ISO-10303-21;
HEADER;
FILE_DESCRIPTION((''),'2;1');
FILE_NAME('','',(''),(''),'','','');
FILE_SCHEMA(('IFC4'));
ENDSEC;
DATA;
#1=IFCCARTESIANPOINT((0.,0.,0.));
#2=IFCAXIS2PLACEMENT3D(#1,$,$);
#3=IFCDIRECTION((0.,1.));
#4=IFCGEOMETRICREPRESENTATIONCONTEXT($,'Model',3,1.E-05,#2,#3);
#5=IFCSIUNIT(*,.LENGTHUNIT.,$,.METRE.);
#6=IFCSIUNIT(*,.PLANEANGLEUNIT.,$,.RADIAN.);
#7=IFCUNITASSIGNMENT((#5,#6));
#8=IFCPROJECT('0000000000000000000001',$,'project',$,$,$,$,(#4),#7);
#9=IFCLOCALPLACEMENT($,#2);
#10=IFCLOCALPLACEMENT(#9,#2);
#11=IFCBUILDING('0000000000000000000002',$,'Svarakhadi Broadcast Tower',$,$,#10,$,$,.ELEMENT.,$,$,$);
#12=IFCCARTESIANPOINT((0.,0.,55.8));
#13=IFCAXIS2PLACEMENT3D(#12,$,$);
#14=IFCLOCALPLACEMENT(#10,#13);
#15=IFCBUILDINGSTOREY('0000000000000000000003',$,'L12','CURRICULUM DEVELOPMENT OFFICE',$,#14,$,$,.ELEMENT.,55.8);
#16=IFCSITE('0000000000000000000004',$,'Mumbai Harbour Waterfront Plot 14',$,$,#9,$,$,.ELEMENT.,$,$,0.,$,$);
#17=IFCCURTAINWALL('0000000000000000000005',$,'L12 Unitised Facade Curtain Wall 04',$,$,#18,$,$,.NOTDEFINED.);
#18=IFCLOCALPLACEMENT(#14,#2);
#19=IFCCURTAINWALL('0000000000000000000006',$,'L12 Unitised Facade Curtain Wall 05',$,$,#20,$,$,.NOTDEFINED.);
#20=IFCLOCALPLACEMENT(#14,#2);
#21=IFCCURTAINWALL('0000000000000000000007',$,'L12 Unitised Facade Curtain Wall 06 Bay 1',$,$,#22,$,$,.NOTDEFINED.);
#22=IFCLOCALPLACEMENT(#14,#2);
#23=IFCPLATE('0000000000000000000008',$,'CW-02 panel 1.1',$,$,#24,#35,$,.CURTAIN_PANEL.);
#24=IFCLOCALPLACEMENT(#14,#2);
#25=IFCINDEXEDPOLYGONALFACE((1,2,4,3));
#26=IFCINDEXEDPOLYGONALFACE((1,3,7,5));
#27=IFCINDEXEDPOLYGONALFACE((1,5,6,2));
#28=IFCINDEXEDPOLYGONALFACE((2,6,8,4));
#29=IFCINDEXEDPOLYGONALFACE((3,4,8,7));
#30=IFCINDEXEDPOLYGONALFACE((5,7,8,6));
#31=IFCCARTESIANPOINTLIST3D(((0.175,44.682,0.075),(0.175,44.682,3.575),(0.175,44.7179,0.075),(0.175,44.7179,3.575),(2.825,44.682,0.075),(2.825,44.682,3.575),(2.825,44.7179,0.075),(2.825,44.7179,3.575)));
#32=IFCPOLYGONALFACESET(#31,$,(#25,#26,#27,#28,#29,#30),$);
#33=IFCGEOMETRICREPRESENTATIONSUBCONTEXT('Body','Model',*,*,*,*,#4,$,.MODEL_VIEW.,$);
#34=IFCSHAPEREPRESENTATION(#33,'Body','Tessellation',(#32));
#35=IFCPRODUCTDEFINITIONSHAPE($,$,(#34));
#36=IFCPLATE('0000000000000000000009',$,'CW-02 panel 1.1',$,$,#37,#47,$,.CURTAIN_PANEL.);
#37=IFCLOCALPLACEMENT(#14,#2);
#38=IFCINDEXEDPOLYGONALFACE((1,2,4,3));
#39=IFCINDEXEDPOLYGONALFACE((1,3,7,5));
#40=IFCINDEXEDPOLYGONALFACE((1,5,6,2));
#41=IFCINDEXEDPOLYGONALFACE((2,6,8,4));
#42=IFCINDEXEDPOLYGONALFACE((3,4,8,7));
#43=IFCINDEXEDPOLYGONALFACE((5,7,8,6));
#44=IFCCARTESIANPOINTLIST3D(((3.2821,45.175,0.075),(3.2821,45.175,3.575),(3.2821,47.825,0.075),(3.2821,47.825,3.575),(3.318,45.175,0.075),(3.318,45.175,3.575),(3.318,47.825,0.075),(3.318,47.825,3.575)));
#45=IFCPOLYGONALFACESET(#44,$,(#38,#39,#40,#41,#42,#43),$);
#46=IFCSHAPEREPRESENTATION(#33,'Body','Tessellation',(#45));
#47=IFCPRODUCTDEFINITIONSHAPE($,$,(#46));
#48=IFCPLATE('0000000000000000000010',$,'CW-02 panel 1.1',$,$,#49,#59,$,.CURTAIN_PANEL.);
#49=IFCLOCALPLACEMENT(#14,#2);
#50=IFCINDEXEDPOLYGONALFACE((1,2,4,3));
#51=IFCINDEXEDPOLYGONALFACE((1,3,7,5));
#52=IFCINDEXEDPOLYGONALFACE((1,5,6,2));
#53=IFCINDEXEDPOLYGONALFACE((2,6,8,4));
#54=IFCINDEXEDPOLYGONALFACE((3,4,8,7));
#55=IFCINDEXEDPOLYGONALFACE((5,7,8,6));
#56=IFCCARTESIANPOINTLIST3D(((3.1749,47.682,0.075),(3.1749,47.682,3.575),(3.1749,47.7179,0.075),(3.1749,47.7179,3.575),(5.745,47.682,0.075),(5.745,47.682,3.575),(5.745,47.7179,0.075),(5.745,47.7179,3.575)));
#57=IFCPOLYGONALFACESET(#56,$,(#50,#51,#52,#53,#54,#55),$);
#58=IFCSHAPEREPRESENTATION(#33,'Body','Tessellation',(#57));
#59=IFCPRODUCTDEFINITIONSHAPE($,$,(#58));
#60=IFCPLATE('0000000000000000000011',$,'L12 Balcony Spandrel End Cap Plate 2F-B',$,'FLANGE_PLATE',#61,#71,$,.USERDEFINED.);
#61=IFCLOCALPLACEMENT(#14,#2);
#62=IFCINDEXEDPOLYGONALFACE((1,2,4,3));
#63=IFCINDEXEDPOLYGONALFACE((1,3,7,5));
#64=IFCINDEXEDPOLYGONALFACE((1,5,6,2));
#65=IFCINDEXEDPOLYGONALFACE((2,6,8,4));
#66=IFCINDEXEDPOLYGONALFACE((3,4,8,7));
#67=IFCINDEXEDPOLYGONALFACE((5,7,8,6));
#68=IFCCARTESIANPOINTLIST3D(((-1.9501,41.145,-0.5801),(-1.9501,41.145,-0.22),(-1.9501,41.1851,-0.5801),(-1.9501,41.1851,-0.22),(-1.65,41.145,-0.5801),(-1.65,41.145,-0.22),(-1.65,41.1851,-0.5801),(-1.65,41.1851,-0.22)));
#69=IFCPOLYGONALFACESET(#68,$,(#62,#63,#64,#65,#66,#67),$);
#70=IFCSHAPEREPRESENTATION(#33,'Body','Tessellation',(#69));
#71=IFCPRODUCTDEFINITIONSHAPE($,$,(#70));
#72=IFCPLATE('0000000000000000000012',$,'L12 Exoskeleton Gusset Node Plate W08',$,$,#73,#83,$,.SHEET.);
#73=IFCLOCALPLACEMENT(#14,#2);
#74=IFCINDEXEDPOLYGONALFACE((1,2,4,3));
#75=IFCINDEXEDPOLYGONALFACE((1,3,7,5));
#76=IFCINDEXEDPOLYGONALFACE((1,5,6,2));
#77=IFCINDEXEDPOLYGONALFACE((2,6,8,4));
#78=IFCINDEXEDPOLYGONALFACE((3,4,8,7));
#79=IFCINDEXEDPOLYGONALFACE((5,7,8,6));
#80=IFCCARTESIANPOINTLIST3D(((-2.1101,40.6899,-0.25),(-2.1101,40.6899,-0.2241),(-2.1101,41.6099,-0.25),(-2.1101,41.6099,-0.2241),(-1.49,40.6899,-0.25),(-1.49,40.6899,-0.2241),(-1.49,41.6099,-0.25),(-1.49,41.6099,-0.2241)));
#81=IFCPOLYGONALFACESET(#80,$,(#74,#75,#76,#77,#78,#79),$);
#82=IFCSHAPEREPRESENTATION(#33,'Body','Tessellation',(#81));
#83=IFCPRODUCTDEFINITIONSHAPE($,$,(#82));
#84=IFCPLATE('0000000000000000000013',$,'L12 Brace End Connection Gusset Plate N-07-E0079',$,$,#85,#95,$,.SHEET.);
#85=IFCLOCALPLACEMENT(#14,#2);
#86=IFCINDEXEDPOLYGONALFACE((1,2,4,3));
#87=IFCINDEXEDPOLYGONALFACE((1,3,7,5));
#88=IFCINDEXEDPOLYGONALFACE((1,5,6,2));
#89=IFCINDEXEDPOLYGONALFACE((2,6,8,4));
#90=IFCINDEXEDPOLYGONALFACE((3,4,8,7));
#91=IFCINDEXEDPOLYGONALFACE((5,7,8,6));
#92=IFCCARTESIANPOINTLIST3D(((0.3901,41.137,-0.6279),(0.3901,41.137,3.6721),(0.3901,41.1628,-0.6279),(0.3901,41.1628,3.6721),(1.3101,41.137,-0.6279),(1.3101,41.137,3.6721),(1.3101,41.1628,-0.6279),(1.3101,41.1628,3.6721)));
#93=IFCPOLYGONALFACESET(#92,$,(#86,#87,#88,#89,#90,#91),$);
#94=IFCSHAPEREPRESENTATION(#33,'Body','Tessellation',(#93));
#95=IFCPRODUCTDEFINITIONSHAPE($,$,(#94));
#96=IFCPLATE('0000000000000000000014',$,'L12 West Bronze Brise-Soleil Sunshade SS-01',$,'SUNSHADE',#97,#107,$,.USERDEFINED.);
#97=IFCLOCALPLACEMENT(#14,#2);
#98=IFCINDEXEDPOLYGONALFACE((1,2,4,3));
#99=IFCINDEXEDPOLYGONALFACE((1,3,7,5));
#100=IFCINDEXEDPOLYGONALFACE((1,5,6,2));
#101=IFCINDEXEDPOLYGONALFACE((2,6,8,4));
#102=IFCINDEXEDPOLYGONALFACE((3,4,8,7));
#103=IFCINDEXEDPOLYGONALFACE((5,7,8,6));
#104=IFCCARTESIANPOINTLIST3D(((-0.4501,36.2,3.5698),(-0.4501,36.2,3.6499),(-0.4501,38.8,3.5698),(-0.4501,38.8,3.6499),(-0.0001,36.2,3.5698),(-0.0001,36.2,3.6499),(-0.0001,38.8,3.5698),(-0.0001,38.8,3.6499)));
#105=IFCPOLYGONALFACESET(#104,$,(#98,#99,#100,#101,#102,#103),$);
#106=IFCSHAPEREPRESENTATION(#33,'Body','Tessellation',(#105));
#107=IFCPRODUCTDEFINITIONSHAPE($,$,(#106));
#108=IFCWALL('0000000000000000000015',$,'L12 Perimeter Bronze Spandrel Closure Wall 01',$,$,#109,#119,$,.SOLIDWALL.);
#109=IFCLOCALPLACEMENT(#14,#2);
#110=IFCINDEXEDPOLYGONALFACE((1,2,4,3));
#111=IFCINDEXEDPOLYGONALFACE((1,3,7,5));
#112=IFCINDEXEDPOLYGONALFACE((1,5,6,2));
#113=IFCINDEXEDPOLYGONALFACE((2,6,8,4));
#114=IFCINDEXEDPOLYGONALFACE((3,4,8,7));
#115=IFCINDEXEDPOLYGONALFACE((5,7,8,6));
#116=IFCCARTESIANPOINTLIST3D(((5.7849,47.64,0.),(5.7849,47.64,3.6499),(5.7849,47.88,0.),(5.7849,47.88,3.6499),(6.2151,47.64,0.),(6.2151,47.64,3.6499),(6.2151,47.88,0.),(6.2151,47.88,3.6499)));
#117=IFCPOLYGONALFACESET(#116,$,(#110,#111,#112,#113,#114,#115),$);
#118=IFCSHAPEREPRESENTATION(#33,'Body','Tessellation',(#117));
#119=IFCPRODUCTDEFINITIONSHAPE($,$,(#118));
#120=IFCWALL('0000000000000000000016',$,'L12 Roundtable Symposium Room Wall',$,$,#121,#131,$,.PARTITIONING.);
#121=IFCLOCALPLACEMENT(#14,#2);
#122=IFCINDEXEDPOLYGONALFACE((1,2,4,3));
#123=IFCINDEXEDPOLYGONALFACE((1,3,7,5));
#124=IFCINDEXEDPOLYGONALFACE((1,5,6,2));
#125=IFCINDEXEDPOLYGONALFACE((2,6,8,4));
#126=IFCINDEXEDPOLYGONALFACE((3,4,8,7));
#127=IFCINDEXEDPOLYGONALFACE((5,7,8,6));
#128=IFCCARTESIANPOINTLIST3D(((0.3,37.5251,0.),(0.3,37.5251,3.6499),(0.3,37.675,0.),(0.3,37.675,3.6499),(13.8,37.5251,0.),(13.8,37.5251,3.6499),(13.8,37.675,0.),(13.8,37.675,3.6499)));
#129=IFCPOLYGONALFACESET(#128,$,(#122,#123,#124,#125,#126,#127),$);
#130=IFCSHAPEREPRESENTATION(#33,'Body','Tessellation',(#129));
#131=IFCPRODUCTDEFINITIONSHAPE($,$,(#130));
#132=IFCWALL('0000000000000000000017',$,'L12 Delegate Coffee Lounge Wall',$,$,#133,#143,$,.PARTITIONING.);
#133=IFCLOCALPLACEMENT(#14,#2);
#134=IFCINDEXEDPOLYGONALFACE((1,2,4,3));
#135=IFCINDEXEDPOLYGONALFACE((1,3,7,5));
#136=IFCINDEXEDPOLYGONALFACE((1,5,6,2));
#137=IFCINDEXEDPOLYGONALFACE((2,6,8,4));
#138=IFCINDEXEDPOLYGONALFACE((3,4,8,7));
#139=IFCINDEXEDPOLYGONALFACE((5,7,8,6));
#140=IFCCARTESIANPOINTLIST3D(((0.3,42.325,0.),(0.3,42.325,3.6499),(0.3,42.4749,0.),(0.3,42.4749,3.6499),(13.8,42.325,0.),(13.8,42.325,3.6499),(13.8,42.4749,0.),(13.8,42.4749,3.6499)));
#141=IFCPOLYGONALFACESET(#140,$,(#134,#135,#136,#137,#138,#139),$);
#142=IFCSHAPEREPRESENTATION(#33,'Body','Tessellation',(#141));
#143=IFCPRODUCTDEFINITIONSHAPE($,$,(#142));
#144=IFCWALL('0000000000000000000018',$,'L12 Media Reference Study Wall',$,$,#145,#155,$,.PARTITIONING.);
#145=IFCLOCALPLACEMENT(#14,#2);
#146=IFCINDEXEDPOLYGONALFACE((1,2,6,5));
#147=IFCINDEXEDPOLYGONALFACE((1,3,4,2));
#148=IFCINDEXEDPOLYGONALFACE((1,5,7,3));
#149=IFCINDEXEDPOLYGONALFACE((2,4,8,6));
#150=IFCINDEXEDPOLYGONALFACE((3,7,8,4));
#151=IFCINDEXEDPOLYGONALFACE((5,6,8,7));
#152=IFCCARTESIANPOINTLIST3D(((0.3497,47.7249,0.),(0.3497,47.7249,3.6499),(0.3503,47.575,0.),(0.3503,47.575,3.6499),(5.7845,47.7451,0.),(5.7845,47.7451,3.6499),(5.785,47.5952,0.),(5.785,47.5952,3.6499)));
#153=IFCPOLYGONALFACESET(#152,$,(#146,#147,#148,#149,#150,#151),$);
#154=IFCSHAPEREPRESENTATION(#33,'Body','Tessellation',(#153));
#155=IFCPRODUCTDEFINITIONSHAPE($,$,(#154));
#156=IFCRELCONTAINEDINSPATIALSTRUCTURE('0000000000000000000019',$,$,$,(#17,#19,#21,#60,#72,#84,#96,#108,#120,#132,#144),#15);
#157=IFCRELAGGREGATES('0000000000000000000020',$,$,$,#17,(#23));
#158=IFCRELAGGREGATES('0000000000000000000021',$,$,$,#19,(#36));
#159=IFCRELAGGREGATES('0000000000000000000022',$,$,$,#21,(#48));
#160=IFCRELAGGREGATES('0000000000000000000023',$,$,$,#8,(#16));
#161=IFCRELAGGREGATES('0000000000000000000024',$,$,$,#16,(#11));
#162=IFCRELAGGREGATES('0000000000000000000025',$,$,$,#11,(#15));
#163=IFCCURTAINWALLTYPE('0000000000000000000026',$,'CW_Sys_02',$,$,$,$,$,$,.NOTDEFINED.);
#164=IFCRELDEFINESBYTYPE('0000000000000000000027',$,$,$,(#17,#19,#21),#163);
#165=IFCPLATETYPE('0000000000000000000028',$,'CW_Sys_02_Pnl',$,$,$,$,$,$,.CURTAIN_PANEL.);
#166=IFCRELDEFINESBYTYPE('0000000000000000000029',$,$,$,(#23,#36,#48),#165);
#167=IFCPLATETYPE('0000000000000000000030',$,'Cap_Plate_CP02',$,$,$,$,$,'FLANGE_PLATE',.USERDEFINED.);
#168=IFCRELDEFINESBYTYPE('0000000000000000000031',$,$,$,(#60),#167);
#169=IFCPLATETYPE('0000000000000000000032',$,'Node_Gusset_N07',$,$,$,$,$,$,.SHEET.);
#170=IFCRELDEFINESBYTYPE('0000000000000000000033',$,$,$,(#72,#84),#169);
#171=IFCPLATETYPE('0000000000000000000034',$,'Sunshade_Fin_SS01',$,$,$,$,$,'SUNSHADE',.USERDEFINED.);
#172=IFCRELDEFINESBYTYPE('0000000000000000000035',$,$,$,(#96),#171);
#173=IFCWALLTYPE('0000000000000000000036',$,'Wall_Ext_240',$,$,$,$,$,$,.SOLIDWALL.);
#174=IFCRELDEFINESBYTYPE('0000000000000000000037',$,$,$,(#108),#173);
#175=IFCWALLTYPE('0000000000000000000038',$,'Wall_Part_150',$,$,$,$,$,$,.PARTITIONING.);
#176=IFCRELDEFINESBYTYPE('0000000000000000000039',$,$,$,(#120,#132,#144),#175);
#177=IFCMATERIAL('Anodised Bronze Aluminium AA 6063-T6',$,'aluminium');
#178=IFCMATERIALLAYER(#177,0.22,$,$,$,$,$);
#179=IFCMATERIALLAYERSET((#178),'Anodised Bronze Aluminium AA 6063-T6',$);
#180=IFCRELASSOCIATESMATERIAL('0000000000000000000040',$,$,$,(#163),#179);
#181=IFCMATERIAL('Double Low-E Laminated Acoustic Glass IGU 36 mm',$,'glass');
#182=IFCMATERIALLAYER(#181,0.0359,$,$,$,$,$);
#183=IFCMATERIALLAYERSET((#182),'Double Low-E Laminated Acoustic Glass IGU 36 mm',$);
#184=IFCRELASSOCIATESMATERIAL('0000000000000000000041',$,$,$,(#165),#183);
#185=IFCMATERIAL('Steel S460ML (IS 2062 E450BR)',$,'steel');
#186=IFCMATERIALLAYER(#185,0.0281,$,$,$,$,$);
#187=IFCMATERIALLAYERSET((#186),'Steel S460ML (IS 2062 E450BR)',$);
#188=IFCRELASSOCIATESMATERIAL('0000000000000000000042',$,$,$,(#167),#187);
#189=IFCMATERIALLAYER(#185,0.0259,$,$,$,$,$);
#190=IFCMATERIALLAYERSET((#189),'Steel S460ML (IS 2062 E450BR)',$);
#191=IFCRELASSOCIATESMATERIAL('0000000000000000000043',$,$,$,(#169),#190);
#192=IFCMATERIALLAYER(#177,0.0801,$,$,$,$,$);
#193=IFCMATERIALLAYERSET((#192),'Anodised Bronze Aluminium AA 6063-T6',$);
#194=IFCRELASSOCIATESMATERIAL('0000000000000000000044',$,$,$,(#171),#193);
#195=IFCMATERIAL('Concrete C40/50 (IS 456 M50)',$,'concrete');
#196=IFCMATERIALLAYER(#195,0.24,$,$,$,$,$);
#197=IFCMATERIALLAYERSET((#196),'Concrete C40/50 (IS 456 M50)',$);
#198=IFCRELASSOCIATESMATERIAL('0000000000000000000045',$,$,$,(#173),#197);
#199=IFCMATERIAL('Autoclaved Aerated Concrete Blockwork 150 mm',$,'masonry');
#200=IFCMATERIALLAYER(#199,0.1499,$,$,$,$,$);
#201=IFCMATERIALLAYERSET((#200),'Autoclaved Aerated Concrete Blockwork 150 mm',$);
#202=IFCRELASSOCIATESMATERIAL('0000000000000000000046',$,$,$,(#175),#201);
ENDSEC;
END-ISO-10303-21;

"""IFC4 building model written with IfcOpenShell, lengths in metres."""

from ifc_helpers import new_model, si_unit, direction, frame, frame_2d, origin, origin_2d, place, context, subcontext, project, spatial, rectangle, extrude, material, layer, layer_set, type_object, element, aggregate, save


model = new_model("IFC4")

# Units and contexts
model_context = context("Model", 3, precision=1e-05, world=origin(), true_north=direction((0.0, 1.0)))
body_context = subcontext(model_context, "Body", "Model", "MODEL_VIEW")
ifc_project = project(units=[si_unit("LENGTHUNIT", "METRE"), si_unit("PLANEANGLEUNIT", "RADIAN")], contexts=[model_context])

# Site, building, storey
site_placement = place(None, origin())
site = spatial("IfcSite", under=ifc_project, at=site_placement, Name="Mumbai Harbour Waterfront Plot 14", CompositionType="ELEMENT", RefElevation=0.0)
building_placement = place(site_placement, origin())
building = spatial("IfcBuilding", under=site, at=building_placement, Name="Svarakhadi Broadcast Tower", CompositionType="ELEMENT")
storey_placement = place(building_placement, frame((0.0, 0.0, 55.8)))
storey = spatial("IfcBuildingStorey", under=building, at=storey_placement, Name="L12", Description="CURRICULUM DEVELOPMENT OFFICE", CompositionType="ELEMENT", Elevation=55.8)

# Shared definitions
ifc_material_1 = material(Name="Steel S460ML (IS 2062 E450BR)", Category="steel")

# Curtain walls
ifc_material_2 = material(Name="Anodised Bronze Aluminium AA 6063-T6", Category="aluminium")
ifc_layer_1 = layer(ifc_material_2, 0.22)
ifc_layer_set_1 = layer_set([ifc_layer_1], Name="Anodised Bronze Aluminium AA 6063-T6")
curtain_wall_type = type_object("IfcCurtainWallType", Name="CW_Sys_02", PredefinedType="NOTDEFINED", material=ifc_layer_set_1)
curtain_wall_1_placement = place(storey_placement, origin())
curtain_wall_1 = element("IfcCurtainWall", 1, at=curtain_wall_1_placement, inside=storey, type_object=curtain_wall_type, Name="L12 Unitised Facade Curtain Wall 04", PredefinedType="NOTDEFINED")
curtain_wall_2_placement = place(storey_placement, origin())
curtain_wall_2 = element("IfcCurtainWall", 2, at=curtain_wall_2_placement, inside=storey, type_object=curtain_wall_type, Name="L12 Unitised Facade Curtain Wall 05", PredefinedType="NOTDEFINED")
curtain_wall_3_placement = place(storey_placement, origin())
curtain_wall_3 = element("IfcCurtainWall", 3, at=curtain_wall_3_placement, inside=storey, type_object=curtain_wall_type, Name="L12 Unitised Facade Curtain Wall 06 Bay 1", PredefinedType="NOTDEFINED")

# Plates
ifc_material_3 = material(Name="Double Low-E Laminated Acoustic Glass IGU 36 mm", Category="glass")
ifc_layer_2 = layer(ifc_material_3, 0.0359)
ifc_layer_set_2 = layer_set([ifc_layer_2], Name="Double Low-E Laminated Acoustic Glass IGU 36 mm")
plate_type_1 = type_object("IfcPlateType", Name="CW_Sys_02_Pnl", PredefinedType="CURTAIN_PANEL", material=ifc_layer_set_2)
plate_1_placement = place(storey_placement, frame((1.5, 44.7, 0.075), z_axis=(0.0, 0.0, 1.0), x_axis=(1.0, 0.0, 0.0)))
plate_1 = element("IfcPlate", 4, at=plate_1_placement, type_object=plate_type_1, Name="CW-02 panel 1.1", PredefinedType="CURTAIN_PANEL", context=body_context, shape_type="SweptSolid", body=[
    extrude(rectangle(XDim=2.6499, YDim=0.0359, at=origin_2d()), origin(), (0.0, 0.0, 1.0), 3.5),
])
aggregate(curtain_wall_1, [plate_1])
plate_2_placement = place(storey_placement, frame((3.3, 46.5, 0.075), z_axis=(0.0, 0.0, 1.0), x_axis=(0.0, 1.0, 0.0)))
plate_2 = element("IfcPlate", 5, at=plate_2_placement, type_object=plate_type_1, Name="CW-02 panel 1.1", PredefinedType="CURTAIN_PANEL", context=body_context, shape_type="SweptSolid", body=[
    extrude(rectangle(XDim=2.6499, YDim=0.0359, at=origin_2d()), origin(), (0.0, 0.0, 1.0), 3.5),
])
aggregate(curtain_wall_2, [plate_2])
plate_3_placement = place(storey_placement, frame((4.46, 47.7, 0.075), z_axis=(0.0, 0.0, 1.0), x_axis=(1.0, 0.0, 0.0)))
plate_3 = element("IfcPlate", 6, at=plate_3_placement, type_object=plate_type_1, Name="CW-02 panel 1.1", PredefinedType="CURTAIN_PANEL", context=body_context, shape_type="SweptSolid", body=[
    extrude(rectangle(XDim=2.5701, YDim=0.0359, at=origin_2d()), origin(), (0.0, 0.0, 1.0), 3.5),
])
aggregate(curtain_wall_3, [plate_3])

# Plates
ifc_layer_3 = layer(ifc_material_1, 0.0281)
ifc_layer_set_3 = layer_set([ifc_layer_3], Name="Steel S460ML (IS 2062 E450BR)")
plate_type_2 = type_object("IfcPlateType", Name="Cap_Plate_CP02", ElementType="FLANGE_PLATE", PredefinedType="USERDEFINED", material=ifc_layer_set_3)
plate_4_placement = place(storey_placement, frame((-1.8, 41.165, -0.5801), z_axis=(0.0, 0.0, 1.0), x_axis=(1.0, 0.0, 0.0)))
element("IfcPlate", 7, at=plate_4_placement, inside=storey, type_object=plate_type_2, Name="L12 Balcony Spandrel End Cap Plate 2F-B", ObjectType="FLANGE_PLATE", PredefinedType="USERDEFINED", context=body_context, shape_type="SweptSolid", body=[
    extrude(rectangle(XDim=0.3, YDim=0.04, at=origin_2d()), origin(), (0.0, 0.0, 1.0), 0.3601),
])
ifc_layer_4 = layer(ifc_material_1, 0.0259)
ifc_layer_set_4 = layer_set([ifc_layer_4], Name="Steel S460ML (IS 2062 E450BR)")
plate_type_3 = type_object("IfcPlateType", Name="Node_Gusset_N07", PredefinedType="SHEET", material=ifc_layer_set_4)
plate_5_placement = place(storey_placement, frame((-1.8, 41.1499, -0.25), z_axis=(0.0, 0.0, 1.0), x_axis=(0.0, 1.0, 0.0)))
element("IfcPlate", 8, at=plate_5_placement, inside=storey, type_object=plate_type_3, Name="L12 Exoskeleton Gusset Node Plate W08", PredefinedType="SHEET", context=body_context, shape_type="SweptSolid", body=[
    extrude(rectangle(XDim=0.9199, YDim=0.6201, at=origin_2d()), origin(), (0.0, 0.0, 1.0), 0.0259),
])
plate_6_placement = place(storey_placement, frame((0.8501, 41.1499, -0.6279), z_axis=(0.0, 0.0, 1.0), x_axis=(1.0, 0.0, 0.0)))
element("IfcPlate", 9, at=plate_6_placement, inside=storey, type_object=plate_type_3, Name="L12 Brace End Connection Gusset Plate N-07-E0079", PredefinedType="SHEET", context=body_context, shape_type="SweptSolid", body=[
    extrude(rectangle(XDim=0.9199, YDim=0.0259, at=origin_2d()), origin(), (0.0, 0.0, 1.0), 4.3),
])
ifc_layer_5 = layer(ifc_material_2, 0.0801)
ifc_layer_set_5 = layer_set([ifc_layer_5], Name="Anodised Bronze Aluminium AA 6063-T6")
plate_type_4 = type_object("IfcPlateType", Name="Sunshade_Fin_SS01", ElementType="SUNSHADE", PredefinedType="USERDEFINED", material=ifc_layer_set_5)
plate_7_placement = place(storey_placement, frame((-0.2251, 37.5, 3.5698), z_axis=(0.0, 0.0, 1.0), x_axis=(0.0, 1.0, 0.0)))
element("IfcPlate", 10, at=plate_7_placement, inside=storey, type_object=plate_type_4, Name="L12 West Bronze Brise-Soleil Sunshade SS-01", ObjectType="SUNSHADE", PredefinedType="USERDEFINED", context=body_context, shape_type="SweptSolid", body=[
    extrude(rectangle(XDim=2.6001, YDim=0.45, at=origin_2d()), origin(), (0.0, 0.0, 1.0), 0.0801),
])

# Walls
ifc_material_4 = material(Name="Concrete C40/50 (IS 456 M50)", Category="concrete")
ifc_layer_6 = layer(ifc_material_4, 0.24)
ifc_layer_set_6 = layer_set([ifc_layer_6], Name="Concrete C40/50 (IS 456 M50)")
wall_type_1 = type_object("IfcWallType", Name="Wall_Ext_240", PredefinedType="SOLIDWALL", material=ifc_layer_set_6)
wall_1_placement = place(storey_placement, frame((5.7849, 47.76, 0.0), z_axis=(0.0, 0.0, 1.0), x_axis=(1.0, 0.0, 0.0)))
element("IfcWall", 11, at=wall_1_placement, inside=storey, type_object=wall_type_1, Name="L12 Perimeter Bronze Spandrel Closure Wall 01", PredefinedType="SOLIDWALL", context=body_context, shape_type="SweptSolid", body=[
    extrude(rectangle(XDim=0.4302, YDim=0.24, at=frame_2d((0.2151, 0.0))), origin(), (0.0, 0.0, 1.0), 3.6499),
])
ifc_material_5 = material(Name="Autoclaved Aerated Concrete Blockwork 150 mm", Category="masonry")
ifc_layer_7 = layer(ifc_material_5, 0.1499)
ifc_layer_set_7 = layer_set([ifc_layer_7], Name="Autoclaved Aerated Concrete Blockwork 150 mm")
wall_type_2 = type_object("IfcWallType", Name="Wall_Part_150", PredefinedType="PARTITIONING", material=ifc_layer_set_7)
for number, where, z_axis, x_axis, name in (
    (12, (0.3, 37.6001, 0.0), (0.0, 0.0, 1.0), (1.0, 0.0, 0.0), "L12 Roundtable Symposium Room Wall"),
    (13, (0.3, 42.3999, 0.0), (0.0, 0.0, 1.0), (1.0, 0.0, 0.0), "L12 Delegate Coffee Lounge Wall"),
):
    element("IfcWall", number, at=place(storey_placement, frame(where, z_axis=z_axis, x_axis=x_axis)), inside=storey, type_object=wall_type_2, Name=name, PredefinedType="PARTITIONING", context=body_context, shape_type="SweptSolid", body=[
        extrude(rectangle(XDim=13.5, YDim=0.1499, at=frame_2d((6.75, 0.0))), origin(), (0.0, 0.0, 1.0), 3.6499),
    ])
wall_2_placement = place(storey_placement, frame((0.3501, 47.6499, 0.0), z_axis=(0.0, 0.0, 1.0), x_axis=(0.999993, 0.003728, 0.0)))
element("IfcWall", 14, at=wall_2_placement, inside=storey, type_object=wall_type_2, Name="L12 Media Reference Study Wall", PredefinedType="PARTITIONING", context=body_context, shape_type="SweptSolid", body=[
    extrude(rectangle(XDim=5.4348, YDim=0.1499, at=frame_2d((2.7173, 0.0))), origin(), (0.0, 0.0, 1.0), 3.6499),
])

save(model, "model.ifc")
